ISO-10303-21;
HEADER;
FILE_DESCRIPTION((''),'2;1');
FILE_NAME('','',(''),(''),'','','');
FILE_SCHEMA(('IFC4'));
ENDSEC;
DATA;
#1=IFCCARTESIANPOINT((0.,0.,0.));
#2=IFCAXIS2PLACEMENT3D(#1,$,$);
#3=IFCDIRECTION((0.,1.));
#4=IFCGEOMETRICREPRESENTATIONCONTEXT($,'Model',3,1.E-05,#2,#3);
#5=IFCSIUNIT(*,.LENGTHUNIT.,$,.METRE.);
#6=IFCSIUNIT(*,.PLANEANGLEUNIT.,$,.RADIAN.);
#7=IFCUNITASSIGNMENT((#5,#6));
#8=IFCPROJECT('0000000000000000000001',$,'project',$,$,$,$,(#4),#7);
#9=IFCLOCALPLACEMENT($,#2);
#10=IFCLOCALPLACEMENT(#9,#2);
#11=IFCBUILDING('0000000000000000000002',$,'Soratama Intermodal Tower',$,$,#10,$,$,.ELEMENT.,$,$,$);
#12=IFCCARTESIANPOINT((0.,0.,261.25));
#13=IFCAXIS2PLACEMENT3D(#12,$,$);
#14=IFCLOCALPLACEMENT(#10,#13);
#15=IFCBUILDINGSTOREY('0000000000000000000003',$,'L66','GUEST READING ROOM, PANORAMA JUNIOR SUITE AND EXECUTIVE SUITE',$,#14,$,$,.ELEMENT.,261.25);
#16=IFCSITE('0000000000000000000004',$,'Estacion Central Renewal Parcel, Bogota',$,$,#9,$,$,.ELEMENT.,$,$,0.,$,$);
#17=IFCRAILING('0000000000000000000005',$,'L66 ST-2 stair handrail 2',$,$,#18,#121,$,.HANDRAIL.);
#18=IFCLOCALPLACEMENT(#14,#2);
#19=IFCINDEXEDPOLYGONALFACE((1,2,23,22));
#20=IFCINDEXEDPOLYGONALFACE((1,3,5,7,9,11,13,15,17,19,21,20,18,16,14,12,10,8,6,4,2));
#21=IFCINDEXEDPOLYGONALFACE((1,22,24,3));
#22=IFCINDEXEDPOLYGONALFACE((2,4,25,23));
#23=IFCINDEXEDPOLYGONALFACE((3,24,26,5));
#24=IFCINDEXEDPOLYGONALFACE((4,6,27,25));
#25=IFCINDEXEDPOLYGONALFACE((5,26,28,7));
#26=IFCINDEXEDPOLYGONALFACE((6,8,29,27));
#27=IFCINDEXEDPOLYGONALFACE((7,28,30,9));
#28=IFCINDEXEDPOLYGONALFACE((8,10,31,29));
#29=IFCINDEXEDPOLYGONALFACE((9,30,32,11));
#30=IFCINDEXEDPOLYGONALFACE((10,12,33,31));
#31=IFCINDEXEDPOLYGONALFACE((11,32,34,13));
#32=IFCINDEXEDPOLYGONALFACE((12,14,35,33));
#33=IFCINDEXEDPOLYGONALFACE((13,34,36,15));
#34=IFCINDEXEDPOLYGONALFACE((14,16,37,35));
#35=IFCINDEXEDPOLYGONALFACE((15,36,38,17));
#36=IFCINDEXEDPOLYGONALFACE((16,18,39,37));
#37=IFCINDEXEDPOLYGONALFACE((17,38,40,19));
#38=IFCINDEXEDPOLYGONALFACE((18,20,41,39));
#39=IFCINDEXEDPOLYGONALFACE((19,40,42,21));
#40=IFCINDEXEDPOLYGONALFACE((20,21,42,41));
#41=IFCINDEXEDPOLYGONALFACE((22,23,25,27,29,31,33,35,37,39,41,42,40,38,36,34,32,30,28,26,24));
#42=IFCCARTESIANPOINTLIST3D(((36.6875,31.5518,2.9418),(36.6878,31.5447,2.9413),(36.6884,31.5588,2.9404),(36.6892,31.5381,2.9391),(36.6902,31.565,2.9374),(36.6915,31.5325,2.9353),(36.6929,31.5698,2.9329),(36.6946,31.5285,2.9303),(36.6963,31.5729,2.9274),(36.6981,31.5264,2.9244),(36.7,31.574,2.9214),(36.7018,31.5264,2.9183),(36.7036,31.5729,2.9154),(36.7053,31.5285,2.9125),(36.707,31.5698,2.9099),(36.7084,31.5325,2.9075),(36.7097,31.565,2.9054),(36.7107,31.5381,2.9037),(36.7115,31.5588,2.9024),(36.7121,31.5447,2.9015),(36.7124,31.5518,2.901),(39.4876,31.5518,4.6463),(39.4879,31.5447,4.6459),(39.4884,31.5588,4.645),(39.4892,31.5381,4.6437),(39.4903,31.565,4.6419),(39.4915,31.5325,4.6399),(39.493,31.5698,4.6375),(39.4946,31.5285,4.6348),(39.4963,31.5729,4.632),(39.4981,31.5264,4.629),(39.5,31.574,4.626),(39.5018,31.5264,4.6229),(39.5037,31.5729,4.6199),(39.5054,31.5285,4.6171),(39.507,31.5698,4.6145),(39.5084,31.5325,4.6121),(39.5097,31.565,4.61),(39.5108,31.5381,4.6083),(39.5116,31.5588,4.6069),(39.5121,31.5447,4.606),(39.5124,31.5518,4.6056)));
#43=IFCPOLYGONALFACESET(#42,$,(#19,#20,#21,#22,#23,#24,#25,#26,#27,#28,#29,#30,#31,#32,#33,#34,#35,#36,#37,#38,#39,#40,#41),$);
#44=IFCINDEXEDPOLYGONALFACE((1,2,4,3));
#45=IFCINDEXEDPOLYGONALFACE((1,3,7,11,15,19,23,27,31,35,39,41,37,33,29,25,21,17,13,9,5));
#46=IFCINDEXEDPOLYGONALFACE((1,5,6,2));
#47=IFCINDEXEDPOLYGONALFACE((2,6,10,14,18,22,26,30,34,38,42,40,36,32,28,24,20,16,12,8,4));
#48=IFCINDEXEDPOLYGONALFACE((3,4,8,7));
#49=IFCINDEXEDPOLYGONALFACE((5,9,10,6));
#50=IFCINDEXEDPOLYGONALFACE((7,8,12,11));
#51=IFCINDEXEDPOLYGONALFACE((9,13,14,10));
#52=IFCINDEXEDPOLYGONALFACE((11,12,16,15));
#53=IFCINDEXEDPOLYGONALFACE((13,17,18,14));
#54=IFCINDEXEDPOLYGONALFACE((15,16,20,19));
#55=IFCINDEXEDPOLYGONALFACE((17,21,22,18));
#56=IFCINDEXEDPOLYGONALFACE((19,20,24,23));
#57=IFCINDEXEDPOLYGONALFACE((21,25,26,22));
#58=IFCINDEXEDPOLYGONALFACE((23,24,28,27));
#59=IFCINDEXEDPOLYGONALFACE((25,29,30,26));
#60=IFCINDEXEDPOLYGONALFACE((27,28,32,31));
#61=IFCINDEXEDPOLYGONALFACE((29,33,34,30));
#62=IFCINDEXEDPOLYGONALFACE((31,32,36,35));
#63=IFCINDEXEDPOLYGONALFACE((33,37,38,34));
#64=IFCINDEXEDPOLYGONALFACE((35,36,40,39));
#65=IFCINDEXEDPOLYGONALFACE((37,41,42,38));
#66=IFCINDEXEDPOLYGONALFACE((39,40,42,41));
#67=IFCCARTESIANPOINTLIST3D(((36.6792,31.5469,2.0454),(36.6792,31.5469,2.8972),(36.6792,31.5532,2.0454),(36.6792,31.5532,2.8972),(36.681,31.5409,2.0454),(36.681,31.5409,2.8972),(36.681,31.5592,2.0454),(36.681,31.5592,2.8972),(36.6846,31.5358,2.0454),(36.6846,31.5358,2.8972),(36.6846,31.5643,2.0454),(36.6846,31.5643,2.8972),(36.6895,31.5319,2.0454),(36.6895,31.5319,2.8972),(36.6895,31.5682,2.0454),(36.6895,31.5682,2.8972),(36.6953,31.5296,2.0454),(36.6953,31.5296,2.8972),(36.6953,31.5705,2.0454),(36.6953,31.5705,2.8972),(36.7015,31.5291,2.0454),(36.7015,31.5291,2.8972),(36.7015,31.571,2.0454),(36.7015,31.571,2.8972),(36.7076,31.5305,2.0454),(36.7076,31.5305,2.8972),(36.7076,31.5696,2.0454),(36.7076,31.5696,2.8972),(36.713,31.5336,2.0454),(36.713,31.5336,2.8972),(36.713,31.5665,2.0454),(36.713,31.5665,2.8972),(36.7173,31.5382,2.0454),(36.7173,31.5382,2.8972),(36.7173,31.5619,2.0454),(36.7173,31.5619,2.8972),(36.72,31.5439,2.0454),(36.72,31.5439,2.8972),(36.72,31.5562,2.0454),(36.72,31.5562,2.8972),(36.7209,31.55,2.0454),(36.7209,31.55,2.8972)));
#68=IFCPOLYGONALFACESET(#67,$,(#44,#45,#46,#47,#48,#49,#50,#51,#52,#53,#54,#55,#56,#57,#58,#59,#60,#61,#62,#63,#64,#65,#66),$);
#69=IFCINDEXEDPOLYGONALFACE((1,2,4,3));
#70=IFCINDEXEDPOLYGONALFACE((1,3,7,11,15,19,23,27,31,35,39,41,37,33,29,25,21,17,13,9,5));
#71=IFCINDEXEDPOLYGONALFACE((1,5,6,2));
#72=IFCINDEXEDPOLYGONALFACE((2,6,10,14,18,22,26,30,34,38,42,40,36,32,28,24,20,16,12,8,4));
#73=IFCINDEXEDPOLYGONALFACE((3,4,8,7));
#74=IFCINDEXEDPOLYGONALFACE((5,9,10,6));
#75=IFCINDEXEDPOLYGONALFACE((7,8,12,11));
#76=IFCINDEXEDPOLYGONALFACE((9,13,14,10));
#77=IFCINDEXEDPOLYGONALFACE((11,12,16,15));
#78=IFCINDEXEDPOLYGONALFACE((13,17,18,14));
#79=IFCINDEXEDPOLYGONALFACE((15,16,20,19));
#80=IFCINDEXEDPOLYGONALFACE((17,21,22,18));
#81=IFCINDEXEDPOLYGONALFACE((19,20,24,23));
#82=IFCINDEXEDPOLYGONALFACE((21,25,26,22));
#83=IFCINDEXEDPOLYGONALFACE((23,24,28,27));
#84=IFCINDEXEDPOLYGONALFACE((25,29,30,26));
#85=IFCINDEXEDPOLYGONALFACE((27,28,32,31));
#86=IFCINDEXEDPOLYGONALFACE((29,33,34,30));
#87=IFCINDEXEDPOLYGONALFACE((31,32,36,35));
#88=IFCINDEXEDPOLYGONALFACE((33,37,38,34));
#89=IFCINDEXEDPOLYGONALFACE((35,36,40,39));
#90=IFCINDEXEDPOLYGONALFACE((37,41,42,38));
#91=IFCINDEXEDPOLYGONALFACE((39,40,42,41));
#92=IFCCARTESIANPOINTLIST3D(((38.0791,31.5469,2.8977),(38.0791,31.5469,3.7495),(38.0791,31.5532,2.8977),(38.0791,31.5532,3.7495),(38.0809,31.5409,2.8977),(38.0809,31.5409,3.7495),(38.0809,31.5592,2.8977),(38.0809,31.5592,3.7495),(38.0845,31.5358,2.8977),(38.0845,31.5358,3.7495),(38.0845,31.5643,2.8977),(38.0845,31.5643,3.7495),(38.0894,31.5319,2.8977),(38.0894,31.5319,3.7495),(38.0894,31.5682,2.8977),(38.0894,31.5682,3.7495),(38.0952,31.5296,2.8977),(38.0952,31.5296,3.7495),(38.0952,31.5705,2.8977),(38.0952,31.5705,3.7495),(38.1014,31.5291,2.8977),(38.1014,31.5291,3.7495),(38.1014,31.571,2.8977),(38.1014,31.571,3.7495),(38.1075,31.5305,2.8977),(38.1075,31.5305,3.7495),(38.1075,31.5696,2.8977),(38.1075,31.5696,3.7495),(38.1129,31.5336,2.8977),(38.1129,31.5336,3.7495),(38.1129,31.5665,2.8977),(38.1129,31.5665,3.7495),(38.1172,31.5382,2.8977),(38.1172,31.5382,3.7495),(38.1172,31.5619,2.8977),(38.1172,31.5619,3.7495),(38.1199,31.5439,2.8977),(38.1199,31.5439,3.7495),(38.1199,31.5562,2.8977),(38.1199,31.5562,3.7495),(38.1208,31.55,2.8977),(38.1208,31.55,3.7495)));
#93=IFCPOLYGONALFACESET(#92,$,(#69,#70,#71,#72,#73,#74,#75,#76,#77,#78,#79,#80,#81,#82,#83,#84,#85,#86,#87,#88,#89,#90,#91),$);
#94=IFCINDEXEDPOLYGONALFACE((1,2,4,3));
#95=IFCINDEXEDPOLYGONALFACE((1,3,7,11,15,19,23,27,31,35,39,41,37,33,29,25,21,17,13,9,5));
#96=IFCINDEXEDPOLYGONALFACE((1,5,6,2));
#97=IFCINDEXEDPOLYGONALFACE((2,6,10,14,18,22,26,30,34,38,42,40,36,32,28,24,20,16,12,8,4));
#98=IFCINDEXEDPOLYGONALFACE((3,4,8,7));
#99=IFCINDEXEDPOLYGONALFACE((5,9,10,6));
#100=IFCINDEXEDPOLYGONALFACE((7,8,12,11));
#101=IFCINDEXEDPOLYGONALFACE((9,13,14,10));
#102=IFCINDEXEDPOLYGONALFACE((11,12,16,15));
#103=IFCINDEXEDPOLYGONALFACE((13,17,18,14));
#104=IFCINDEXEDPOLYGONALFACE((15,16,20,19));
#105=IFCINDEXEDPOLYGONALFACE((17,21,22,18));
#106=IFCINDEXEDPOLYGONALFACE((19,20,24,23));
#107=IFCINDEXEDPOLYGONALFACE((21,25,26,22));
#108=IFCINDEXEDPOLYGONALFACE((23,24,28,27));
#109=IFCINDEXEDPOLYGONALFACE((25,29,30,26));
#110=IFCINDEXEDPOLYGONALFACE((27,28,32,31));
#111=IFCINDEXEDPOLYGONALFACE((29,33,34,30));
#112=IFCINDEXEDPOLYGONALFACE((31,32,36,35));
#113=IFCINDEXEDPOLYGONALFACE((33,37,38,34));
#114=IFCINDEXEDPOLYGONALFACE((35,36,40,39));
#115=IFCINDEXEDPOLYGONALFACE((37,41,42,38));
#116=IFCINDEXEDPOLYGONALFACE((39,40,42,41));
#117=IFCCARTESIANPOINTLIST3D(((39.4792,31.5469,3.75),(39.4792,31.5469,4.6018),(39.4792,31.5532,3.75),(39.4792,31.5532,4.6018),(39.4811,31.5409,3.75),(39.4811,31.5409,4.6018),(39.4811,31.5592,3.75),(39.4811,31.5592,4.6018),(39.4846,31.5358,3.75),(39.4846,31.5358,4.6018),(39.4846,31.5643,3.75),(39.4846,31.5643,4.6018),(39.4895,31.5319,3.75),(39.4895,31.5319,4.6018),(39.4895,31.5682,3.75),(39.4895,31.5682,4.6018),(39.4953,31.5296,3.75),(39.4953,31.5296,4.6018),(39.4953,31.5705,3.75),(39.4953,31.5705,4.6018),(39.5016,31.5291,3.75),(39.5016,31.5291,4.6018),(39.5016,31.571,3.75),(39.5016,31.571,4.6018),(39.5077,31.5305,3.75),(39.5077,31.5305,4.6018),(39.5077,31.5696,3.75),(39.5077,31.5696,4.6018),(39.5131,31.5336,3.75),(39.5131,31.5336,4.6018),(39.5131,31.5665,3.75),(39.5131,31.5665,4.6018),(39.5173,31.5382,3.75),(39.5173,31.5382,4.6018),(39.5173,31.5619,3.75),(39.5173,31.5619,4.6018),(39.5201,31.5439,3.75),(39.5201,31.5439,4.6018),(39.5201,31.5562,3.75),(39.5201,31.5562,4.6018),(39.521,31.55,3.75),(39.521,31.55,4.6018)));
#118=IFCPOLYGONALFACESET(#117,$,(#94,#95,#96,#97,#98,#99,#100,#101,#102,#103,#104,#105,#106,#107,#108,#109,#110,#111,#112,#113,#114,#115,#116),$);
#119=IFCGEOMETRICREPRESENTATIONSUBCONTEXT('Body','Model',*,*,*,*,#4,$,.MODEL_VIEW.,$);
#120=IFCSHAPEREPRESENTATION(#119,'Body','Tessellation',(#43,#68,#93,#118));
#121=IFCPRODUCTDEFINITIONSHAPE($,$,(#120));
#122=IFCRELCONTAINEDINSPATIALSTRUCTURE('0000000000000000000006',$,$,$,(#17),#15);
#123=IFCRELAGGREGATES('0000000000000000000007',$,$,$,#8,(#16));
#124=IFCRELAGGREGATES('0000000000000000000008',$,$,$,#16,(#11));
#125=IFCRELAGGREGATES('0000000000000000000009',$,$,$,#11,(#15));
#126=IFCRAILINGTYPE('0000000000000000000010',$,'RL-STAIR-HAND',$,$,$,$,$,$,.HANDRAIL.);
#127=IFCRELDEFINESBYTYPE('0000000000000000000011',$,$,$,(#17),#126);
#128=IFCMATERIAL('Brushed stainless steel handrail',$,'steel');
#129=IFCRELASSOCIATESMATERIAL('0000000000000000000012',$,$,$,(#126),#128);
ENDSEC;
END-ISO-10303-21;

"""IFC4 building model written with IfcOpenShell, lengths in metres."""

from ifc_helpers import new_model, si_unit, direction, frame, origin, origin_2d, place, context, subcontext, project, spatial, circle, extrude, material, type_object, element, save


model = new_model("IFC4")

# Units and contexts
model_context = context("Model", 3, precision=1e-05, world=origin(), true_north=direction((0.0, 1.0)))
body_context = subcontext(model_context, "Body", "Model", "MODEL_VIEW")
ifc_project = project(units=[si_unit("LENGTHUNIT", "METRE"), si_unit("PLANEANGLEUNIT", "RADIAN")], contexts=[model_context])

# Site, building, storey
site_placement = place(None, origin())
site = spatial("IfcSite", under=ifc_project, at=site_placement, Name="Estacion Central Renewal Parcel, Bogota", CompositionType="ELEMENT", RefElevation=0.0)
building_placement = place(site_placement, origin())
building = spatial("IfcBuilding", under=site, at=building_placement, Name="Soratama Intermodal Tower", CompositionType="ELEMENT")
storey_placement = place(building_placement, frame((0.0, 0.0, 261.25)))
storey = spatial("IfcBuildingStorey", under=building, at=storey_placement, Name="L66", Description="GUEST READING ROOM, PANORAMA JUNIOR SUITE AND EXECUTIVE SUITE", CompositionType="ELEMENT", Elevation=261.25)

# Railing
ifc_material_1 = material(Name="Brushed stainless steel handrail", Category="steel")
railing_type = type_object("IfcRailingType", Name="RL-STAIR-HAND", PredefinedType="HANDRAIL", material=ifc_material_1)
railing_placement = place(storey_placement, frame((36.7, 31.55, 2.0454)))
element("IfcRailing", 1, at=railing_placement, inside=storey, type_object=railing_type, Name="L66 ST-2 stair handrail 2", PredefinedType="HANDRAIL", context=body_context, shape_type="SweptSolid", body=[
    extrude(circle(Radius=0.0239, at=origin_2d()), frame((0.0, 0.0, 0.876), z_axis=(0.85417, 0.0, 0.519994), x_axis=(0.0, 1.0, 0.0)), (0.0, 0.0, 1.0), 3.2781),
    extrude(circle(Radius=0.021, at=origin_2d()), origin(), (0.0, 0.0, 1.0), 0.8518),
    extrude(circle(Radius=0.021, at=origin_2d()), frame((1.3999, 0.0, 0.8523)), (0.0, 0.0, 1.0), 0.8518),
    extrude(circle(Radius=0.021, at=origin_2d()), frame((2.8, 0.0, 1.7046)), (0.0, 0.0, 1.0), 0.8518),
])

save(model, "model.ifc")
